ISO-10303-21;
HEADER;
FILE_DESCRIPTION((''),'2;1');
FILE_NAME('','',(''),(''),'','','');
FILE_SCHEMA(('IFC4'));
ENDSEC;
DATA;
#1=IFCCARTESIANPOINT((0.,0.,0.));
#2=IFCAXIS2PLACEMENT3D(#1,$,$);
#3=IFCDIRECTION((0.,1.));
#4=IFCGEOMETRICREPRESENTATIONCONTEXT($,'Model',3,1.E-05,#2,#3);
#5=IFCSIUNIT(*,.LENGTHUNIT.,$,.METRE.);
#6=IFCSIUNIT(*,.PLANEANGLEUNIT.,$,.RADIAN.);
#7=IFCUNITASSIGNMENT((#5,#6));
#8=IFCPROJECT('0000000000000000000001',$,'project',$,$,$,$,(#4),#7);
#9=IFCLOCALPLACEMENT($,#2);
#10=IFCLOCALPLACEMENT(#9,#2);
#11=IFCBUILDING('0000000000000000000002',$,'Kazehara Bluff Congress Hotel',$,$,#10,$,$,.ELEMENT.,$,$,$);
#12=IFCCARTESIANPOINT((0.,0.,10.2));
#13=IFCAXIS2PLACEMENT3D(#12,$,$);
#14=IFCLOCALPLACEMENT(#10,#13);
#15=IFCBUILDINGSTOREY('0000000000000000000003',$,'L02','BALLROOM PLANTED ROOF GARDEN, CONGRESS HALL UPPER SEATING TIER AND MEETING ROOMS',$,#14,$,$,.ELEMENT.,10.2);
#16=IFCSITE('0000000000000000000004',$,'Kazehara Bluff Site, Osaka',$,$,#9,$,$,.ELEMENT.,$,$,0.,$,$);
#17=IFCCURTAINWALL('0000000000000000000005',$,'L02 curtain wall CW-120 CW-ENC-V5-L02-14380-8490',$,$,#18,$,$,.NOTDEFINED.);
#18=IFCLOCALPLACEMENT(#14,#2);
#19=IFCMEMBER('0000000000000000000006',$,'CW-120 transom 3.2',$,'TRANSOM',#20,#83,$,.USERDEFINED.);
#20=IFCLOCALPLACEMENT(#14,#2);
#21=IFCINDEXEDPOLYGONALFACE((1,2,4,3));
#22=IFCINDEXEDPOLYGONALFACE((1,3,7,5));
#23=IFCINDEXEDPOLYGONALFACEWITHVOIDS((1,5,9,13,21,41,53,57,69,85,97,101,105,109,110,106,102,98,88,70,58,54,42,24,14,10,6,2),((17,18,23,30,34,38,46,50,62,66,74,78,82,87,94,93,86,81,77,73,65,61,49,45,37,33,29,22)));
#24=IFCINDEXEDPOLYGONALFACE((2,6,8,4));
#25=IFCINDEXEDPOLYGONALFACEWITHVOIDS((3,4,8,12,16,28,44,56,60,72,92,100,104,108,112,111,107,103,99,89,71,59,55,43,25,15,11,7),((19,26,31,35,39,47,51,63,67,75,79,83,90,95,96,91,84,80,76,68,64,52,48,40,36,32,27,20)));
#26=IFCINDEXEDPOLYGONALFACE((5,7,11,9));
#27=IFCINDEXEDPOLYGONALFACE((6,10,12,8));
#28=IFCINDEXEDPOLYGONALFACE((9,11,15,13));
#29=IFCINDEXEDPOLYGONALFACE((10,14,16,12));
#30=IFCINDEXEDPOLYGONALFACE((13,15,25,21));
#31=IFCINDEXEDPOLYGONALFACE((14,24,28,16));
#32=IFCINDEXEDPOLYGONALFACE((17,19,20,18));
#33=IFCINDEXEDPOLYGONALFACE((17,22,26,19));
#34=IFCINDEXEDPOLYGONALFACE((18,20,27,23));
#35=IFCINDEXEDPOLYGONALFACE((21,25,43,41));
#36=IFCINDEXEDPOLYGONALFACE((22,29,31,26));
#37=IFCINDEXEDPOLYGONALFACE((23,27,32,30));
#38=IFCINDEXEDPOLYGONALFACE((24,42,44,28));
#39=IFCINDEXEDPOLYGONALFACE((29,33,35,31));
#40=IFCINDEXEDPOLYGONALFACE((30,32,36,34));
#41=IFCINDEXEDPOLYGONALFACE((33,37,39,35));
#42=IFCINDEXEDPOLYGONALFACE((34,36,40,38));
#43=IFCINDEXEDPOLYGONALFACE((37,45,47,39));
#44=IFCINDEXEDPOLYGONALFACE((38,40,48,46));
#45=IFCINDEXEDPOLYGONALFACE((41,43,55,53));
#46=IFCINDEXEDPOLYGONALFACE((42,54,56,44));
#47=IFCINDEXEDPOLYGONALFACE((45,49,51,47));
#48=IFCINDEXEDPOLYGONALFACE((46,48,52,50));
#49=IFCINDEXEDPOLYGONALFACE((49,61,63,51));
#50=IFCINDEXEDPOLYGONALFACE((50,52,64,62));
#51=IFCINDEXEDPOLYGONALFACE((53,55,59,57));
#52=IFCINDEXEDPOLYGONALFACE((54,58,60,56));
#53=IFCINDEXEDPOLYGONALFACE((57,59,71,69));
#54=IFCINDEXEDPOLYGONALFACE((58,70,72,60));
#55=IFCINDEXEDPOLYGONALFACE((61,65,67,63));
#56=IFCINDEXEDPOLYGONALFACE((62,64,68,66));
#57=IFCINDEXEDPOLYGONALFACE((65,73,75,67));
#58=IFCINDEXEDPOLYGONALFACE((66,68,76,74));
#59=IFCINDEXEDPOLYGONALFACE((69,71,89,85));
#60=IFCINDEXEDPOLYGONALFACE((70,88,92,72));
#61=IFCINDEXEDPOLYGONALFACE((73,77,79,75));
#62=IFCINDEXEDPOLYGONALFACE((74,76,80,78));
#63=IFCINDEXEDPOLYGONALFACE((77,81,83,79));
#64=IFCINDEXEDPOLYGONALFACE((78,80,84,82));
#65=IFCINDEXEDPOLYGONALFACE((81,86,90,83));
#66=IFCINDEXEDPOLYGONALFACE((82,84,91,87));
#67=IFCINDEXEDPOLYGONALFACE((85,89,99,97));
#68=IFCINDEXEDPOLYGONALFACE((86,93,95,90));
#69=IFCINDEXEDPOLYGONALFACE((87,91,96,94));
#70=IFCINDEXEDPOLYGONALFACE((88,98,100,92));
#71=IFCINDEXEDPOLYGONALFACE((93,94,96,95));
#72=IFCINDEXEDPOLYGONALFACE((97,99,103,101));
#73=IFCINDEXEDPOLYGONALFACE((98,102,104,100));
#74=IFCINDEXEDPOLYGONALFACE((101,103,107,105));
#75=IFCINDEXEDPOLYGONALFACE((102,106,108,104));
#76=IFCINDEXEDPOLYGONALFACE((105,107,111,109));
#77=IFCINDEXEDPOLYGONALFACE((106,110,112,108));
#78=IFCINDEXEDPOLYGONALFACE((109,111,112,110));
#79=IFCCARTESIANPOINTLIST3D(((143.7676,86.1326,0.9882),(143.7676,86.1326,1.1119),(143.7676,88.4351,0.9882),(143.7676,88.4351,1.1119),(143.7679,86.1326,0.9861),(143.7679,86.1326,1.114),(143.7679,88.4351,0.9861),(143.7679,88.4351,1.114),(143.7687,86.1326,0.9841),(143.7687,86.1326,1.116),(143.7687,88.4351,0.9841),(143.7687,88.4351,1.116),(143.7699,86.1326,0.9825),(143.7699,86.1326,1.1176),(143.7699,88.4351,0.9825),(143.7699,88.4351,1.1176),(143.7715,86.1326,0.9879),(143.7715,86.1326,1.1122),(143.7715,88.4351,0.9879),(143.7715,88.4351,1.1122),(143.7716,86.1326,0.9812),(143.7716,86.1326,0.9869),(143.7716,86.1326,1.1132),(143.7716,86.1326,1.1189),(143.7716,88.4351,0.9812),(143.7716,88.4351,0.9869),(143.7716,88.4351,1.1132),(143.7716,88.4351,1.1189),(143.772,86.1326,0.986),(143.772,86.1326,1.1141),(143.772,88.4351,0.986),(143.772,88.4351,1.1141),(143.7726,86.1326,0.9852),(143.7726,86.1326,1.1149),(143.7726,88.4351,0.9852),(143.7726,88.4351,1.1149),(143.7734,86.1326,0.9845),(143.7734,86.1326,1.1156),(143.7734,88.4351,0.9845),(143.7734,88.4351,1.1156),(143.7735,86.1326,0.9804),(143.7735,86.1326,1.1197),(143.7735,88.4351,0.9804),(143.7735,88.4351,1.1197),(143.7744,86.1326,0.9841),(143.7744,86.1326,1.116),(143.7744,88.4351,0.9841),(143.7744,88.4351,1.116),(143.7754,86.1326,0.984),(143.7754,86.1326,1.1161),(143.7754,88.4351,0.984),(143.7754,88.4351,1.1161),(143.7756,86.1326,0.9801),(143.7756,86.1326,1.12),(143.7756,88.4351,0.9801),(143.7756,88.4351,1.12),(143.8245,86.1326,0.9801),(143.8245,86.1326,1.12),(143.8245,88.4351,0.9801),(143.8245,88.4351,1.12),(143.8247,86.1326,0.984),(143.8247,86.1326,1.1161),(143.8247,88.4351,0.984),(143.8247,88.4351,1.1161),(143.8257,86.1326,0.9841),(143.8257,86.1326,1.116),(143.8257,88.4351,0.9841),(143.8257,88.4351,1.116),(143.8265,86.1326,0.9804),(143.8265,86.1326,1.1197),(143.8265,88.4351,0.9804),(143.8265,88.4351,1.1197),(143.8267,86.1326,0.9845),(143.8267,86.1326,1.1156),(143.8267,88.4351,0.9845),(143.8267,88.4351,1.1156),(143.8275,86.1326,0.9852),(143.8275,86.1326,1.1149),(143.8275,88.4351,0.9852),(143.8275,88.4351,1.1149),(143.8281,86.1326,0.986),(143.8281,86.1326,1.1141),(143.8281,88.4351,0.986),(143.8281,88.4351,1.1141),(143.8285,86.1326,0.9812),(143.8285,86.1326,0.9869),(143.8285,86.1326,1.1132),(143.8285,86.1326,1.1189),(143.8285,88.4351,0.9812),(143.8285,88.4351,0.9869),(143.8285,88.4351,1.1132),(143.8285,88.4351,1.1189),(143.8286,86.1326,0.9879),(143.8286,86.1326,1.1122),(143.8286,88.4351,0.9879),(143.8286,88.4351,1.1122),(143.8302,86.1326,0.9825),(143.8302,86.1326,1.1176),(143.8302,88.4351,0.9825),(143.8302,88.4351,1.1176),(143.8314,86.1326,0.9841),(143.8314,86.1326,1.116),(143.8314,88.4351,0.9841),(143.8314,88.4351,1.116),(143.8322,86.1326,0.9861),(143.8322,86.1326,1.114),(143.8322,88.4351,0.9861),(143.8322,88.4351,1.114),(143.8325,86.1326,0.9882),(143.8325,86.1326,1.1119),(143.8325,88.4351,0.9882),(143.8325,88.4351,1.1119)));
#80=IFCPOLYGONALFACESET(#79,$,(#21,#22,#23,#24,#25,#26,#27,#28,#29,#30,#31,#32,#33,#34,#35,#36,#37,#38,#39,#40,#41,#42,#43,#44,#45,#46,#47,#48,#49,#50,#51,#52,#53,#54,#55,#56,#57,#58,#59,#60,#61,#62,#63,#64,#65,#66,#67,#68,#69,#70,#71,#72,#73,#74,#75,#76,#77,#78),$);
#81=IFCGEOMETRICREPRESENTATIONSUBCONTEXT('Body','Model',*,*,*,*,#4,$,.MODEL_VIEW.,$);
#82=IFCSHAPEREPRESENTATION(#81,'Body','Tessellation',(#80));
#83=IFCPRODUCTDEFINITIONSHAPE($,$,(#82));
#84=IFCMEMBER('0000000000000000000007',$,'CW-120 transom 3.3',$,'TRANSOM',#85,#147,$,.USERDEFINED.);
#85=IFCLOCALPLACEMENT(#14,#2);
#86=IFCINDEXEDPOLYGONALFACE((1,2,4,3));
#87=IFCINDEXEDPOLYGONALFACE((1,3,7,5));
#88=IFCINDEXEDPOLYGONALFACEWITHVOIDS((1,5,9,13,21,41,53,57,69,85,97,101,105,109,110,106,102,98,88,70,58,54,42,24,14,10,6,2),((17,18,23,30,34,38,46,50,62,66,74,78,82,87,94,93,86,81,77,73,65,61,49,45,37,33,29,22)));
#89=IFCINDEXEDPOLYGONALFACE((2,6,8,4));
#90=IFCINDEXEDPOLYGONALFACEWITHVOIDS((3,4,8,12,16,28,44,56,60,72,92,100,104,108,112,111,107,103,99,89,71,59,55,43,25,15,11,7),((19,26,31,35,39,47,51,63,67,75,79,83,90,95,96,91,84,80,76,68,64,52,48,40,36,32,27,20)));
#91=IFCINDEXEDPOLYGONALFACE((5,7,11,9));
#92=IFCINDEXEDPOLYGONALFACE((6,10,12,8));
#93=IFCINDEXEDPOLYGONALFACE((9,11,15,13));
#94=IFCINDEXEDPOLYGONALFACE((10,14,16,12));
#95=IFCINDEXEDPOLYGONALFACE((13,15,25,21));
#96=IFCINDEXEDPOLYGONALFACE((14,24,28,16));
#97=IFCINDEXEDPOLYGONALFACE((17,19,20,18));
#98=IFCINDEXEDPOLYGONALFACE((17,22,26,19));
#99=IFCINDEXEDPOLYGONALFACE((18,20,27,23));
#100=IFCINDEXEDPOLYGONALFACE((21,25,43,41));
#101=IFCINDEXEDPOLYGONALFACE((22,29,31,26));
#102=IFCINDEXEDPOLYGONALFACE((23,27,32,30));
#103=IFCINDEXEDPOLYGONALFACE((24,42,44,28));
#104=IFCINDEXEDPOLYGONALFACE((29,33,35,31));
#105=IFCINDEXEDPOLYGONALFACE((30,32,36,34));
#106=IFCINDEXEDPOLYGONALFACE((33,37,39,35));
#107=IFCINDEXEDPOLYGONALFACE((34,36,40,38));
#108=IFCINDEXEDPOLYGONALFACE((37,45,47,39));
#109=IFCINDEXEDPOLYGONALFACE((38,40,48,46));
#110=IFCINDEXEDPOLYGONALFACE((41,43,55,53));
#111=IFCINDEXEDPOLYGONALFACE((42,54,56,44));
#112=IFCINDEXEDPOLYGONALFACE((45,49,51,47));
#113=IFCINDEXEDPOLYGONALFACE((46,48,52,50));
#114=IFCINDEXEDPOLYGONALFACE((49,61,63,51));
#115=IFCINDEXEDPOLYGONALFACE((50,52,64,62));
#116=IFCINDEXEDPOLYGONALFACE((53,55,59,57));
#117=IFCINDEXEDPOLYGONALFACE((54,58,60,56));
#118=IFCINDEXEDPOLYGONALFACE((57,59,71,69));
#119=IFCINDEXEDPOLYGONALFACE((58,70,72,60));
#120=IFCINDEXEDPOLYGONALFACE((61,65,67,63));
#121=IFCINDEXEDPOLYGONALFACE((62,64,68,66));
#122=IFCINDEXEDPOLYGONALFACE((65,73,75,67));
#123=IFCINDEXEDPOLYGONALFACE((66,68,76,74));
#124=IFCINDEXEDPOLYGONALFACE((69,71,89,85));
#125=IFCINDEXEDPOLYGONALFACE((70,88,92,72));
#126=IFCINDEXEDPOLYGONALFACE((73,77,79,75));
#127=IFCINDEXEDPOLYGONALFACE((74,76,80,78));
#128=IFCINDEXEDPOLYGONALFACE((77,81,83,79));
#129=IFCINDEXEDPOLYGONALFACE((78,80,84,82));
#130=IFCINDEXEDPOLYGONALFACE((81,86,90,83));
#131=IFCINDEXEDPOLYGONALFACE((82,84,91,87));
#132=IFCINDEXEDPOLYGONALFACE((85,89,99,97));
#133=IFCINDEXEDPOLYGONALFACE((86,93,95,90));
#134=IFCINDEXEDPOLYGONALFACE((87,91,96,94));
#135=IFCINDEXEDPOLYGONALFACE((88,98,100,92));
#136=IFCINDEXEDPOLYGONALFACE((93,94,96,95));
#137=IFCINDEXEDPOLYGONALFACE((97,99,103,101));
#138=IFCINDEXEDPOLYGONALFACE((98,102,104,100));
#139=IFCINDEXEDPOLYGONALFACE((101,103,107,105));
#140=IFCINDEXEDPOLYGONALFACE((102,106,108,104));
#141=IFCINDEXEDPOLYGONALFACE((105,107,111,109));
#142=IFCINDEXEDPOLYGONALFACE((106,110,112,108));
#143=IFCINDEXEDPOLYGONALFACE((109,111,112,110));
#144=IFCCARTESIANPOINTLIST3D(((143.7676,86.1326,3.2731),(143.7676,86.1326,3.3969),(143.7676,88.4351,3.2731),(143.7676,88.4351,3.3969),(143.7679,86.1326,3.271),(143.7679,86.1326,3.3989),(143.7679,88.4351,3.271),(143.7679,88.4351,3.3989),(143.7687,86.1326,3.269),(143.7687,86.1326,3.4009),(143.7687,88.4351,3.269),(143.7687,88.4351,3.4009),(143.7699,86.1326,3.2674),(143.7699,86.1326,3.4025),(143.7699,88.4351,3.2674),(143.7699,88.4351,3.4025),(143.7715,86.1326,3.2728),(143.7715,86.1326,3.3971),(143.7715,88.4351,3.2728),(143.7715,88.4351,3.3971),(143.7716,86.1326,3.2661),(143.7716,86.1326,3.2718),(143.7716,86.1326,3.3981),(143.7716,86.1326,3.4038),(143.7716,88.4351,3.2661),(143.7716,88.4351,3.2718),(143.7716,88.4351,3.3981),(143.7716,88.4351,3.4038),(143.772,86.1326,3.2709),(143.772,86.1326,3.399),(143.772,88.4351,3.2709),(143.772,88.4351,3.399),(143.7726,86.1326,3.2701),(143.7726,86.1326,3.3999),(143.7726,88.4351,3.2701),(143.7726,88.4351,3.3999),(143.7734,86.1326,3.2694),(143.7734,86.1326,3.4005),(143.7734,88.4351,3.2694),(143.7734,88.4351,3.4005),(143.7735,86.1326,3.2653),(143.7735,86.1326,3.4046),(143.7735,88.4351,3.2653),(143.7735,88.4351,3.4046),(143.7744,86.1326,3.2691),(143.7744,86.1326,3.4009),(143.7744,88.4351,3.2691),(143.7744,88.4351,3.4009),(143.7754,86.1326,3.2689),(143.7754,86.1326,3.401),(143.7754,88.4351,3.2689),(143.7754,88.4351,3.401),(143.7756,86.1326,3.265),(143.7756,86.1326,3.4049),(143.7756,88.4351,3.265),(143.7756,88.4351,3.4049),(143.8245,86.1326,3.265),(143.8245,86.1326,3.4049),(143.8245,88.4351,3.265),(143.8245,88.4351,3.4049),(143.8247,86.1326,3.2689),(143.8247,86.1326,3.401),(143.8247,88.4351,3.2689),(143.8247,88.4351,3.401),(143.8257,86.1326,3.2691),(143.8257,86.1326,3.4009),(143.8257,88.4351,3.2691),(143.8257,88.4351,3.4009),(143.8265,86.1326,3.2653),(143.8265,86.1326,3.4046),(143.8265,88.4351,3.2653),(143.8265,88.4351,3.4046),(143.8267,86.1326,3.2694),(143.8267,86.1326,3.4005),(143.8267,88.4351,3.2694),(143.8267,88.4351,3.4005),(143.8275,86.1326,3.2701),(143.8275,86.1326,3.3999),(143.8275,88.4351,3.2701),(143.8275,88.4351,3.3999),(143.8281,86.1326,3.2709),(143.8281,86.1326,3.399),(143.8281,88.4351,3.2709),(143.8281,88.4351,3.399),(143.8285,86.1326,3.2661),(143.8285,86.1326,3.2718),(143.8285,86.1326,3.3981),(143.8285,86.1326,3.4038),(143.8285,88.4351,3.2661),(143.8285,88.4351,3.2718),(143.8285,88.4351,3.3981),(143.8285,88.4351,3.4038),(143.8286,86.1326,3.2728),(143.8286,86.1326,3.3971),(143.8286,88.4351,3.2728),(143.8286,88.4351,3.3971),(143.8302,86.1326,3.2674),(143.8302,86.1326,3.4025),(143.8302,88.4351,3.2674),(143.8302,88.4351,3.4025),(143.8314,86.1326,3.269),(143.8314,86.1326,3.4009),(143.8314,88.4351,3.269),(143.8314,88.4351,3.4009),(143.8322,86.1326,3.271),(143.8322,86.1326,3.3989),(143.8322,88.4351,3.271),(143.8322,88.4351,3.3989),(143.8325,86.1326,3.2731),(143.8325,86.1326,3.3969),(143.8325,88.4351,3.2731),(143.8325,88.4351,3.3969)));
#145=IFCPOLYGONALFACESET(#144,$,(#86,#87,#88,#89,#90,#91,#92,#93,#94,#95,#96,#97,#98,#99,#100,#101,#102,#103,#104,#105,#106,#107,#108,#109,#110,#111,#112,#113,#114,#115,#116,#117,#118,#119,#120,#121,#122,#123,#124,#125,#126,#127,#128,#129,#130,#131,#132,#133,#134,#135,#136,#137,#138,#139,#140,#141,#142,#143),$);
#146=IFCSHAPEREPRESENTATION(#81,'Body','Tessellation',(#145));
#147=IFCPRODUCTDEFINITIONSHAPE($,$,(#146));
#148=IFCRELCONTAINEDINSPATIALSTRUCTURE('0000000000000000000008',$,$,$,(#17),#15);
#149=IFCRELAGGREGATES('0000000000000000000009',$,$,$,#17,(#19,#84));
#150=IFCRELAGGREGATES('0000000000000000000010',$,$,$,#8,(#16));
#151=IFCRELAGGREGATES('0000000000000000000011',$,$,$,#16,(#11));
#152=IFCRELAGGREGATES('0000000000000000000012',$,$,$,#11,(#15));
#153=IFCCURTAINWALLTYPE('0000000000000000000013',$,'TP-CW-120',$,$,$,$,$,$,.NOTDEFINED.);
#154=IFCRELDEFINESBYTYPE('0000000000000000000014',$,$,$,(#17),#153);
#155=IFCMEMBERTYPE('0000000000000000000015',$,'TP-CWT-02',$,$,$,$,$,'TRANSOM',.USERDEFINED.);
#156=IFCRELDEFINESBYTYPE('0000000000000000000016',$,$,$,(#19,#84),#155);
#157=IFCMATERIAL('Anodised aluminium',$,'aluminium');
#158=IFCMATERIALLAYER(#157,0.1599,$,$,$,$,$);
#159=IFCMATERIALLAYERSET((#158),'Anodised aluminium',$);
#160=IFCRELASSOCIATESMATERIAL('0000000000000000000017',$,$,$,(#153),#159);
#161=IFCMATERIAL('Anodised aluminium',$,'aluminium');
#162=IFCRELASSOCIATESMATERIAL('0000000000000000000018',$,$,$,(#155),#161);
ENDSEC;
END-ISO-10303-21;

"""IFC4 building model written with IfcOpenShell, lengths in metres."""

from ifc_helpers import new_model, si_unit, direction, frame, origin, origin_2d, place, context, subcontext, project, spatial, hollow_rectangle, extrude, material, layer, layer_set, material_profile, profile_set, type_object, element, aggregate, save


model = new_model("IFC4")

# Units and contexts
model_context = context("Model", 3, precision=1e-05, world=origin(), true_north=direction((0.0, 1.0)))
body_context = subcontext(model_context, "Body", "Model", "MODEL_VIEW")
ifc_project = project(units=[si_unit("LENGTHUNIT", "METRE"), si_unit("PLANEANGLEUNIT", "RADIAN")], contexts=[model_context])

# Site, building, storey
site_placement = place(None, origin())
site = spatial("IfcSite", under=ifc_project, at=site_placement, Name="Kazehara Bluff Site, Osaka", CompositionType="ELEMENT", RefElevation=0.0)
building_placement = place(site_placement, origin())
building = spatial("IfcBuilding", under=site, at=building_placement, Name="Kazehara Bluff Congress Hotel", CompositionType="ELEMENT")
storey_placement = place(building_placement, frame((0.0, 0.0, 10.2)))
storey = spatial("IfcBuildingStorey", under=building, at=storey_placement, Name="L02", Description="BALLROOM PLANTED ROOF GARDEN, CONGRESS HALL UPPER SEATING TIER AND MEETING ROOMS", CompositionType="ELEMENT", Elevation=10.2)

# Curtain wall
ifc_material_1 = material(Name="Anodised aluminium", Category="aluminium")
ifc_layer_1 = layer(ifc_material_1, 0.1599)
ifc_layer_set_1 = layer_set([ifc_layer_1], Name="Anodised aluminium")
curtain_wall_type = type_object("IfcCurtainWallType", Name="TP-CW-120", PredefinedType="NOTDEFINED", material=ifc_layer_set_1)
curtain_wall_1_placement = place(storey_placement, origin())
curtain_wall_1 = element("IfcCurtainWall", 1, at=curtain_wall_1_placement, inside=storey, type_object=curtain_wall_type, Name="L02 curtain wall CW-120 CW-ENC-V5-L02-14380-8490", PredefinedType="NOTDEFINED")

# Members
ifc_material_2 = material(Name="Anodised aluminium", Category="aluminium")
ifc_material_profile_1 = material_profile(ifc_material_2, hollow_rectangle(XDim=0.0649, YDim=0.1399, WallThickness=0.0039, InnerFilletRadius=0.0039, OuterFilletRadius=0.0081, at=origin_2d()))
ifc_profile_set_1 = profile_set([ifc_material_profile_1], Name="Anodised aluminium")
member_type_1 = type_object("IfcMemberType", Name="TP-CWT-02", ElementType="TRANSOM", PredefinedType="USERDEFINED", material=ifc_profile_set_1)
member_1_placement = place(storey_placement, frame((143.8, 86.1326, 1.05), z_axis=(0.0, 1.0, 0.0), x_axis=(-1.0, 0.0, 0.0)))
member_1 = element("IfcMember", 2, at=member_1_placement, type_object=member_type_1, Name="CW-120 transom 3.2", ObjectType="TRANSOM", PredefinedType="USERDEFINED", context=body_context, shape_type="SweptSolid", body=[
    extrude(hollow_rectangle(XDim=0.0649, YDim=0.1399, WallThickness=0.0039, InnerFilletRadius=0.0039, OuterFilletRadius=0.0081, at=origin_2d()), origin(), (0.0, 0.0, 1.0), 2.3025),
])
member_2_placement = place(storey_placement, frame((143.8, 86.1326, 3.335), z_axis=(0.0, 1.0, 0.0), x_axis=(-1.0, 0.0, 0.0)))
member_2 = element("IfcMember", 3, at=member_2_placement, type_object=member_type_1, Name="CW-120 transom 3.3", ObjectType="TRANSOM", PredefinedType="USERDEFINED", context=body_context, shape_type="SweptSolid", body=[
    extrude(hollow_rectangle(XDim=0.0649, YDim=0.1399, WallThickness=0.0039, InnerFilletRadius=0.0039, OuterFilletRadius=0.0081, at=origin_2d()), origin(), (0.0, 0.0, 1.0), 2.3025),
])

aggregate(curtain_wall_1, [member_1, member_2])

save(model, "model.ifc")
